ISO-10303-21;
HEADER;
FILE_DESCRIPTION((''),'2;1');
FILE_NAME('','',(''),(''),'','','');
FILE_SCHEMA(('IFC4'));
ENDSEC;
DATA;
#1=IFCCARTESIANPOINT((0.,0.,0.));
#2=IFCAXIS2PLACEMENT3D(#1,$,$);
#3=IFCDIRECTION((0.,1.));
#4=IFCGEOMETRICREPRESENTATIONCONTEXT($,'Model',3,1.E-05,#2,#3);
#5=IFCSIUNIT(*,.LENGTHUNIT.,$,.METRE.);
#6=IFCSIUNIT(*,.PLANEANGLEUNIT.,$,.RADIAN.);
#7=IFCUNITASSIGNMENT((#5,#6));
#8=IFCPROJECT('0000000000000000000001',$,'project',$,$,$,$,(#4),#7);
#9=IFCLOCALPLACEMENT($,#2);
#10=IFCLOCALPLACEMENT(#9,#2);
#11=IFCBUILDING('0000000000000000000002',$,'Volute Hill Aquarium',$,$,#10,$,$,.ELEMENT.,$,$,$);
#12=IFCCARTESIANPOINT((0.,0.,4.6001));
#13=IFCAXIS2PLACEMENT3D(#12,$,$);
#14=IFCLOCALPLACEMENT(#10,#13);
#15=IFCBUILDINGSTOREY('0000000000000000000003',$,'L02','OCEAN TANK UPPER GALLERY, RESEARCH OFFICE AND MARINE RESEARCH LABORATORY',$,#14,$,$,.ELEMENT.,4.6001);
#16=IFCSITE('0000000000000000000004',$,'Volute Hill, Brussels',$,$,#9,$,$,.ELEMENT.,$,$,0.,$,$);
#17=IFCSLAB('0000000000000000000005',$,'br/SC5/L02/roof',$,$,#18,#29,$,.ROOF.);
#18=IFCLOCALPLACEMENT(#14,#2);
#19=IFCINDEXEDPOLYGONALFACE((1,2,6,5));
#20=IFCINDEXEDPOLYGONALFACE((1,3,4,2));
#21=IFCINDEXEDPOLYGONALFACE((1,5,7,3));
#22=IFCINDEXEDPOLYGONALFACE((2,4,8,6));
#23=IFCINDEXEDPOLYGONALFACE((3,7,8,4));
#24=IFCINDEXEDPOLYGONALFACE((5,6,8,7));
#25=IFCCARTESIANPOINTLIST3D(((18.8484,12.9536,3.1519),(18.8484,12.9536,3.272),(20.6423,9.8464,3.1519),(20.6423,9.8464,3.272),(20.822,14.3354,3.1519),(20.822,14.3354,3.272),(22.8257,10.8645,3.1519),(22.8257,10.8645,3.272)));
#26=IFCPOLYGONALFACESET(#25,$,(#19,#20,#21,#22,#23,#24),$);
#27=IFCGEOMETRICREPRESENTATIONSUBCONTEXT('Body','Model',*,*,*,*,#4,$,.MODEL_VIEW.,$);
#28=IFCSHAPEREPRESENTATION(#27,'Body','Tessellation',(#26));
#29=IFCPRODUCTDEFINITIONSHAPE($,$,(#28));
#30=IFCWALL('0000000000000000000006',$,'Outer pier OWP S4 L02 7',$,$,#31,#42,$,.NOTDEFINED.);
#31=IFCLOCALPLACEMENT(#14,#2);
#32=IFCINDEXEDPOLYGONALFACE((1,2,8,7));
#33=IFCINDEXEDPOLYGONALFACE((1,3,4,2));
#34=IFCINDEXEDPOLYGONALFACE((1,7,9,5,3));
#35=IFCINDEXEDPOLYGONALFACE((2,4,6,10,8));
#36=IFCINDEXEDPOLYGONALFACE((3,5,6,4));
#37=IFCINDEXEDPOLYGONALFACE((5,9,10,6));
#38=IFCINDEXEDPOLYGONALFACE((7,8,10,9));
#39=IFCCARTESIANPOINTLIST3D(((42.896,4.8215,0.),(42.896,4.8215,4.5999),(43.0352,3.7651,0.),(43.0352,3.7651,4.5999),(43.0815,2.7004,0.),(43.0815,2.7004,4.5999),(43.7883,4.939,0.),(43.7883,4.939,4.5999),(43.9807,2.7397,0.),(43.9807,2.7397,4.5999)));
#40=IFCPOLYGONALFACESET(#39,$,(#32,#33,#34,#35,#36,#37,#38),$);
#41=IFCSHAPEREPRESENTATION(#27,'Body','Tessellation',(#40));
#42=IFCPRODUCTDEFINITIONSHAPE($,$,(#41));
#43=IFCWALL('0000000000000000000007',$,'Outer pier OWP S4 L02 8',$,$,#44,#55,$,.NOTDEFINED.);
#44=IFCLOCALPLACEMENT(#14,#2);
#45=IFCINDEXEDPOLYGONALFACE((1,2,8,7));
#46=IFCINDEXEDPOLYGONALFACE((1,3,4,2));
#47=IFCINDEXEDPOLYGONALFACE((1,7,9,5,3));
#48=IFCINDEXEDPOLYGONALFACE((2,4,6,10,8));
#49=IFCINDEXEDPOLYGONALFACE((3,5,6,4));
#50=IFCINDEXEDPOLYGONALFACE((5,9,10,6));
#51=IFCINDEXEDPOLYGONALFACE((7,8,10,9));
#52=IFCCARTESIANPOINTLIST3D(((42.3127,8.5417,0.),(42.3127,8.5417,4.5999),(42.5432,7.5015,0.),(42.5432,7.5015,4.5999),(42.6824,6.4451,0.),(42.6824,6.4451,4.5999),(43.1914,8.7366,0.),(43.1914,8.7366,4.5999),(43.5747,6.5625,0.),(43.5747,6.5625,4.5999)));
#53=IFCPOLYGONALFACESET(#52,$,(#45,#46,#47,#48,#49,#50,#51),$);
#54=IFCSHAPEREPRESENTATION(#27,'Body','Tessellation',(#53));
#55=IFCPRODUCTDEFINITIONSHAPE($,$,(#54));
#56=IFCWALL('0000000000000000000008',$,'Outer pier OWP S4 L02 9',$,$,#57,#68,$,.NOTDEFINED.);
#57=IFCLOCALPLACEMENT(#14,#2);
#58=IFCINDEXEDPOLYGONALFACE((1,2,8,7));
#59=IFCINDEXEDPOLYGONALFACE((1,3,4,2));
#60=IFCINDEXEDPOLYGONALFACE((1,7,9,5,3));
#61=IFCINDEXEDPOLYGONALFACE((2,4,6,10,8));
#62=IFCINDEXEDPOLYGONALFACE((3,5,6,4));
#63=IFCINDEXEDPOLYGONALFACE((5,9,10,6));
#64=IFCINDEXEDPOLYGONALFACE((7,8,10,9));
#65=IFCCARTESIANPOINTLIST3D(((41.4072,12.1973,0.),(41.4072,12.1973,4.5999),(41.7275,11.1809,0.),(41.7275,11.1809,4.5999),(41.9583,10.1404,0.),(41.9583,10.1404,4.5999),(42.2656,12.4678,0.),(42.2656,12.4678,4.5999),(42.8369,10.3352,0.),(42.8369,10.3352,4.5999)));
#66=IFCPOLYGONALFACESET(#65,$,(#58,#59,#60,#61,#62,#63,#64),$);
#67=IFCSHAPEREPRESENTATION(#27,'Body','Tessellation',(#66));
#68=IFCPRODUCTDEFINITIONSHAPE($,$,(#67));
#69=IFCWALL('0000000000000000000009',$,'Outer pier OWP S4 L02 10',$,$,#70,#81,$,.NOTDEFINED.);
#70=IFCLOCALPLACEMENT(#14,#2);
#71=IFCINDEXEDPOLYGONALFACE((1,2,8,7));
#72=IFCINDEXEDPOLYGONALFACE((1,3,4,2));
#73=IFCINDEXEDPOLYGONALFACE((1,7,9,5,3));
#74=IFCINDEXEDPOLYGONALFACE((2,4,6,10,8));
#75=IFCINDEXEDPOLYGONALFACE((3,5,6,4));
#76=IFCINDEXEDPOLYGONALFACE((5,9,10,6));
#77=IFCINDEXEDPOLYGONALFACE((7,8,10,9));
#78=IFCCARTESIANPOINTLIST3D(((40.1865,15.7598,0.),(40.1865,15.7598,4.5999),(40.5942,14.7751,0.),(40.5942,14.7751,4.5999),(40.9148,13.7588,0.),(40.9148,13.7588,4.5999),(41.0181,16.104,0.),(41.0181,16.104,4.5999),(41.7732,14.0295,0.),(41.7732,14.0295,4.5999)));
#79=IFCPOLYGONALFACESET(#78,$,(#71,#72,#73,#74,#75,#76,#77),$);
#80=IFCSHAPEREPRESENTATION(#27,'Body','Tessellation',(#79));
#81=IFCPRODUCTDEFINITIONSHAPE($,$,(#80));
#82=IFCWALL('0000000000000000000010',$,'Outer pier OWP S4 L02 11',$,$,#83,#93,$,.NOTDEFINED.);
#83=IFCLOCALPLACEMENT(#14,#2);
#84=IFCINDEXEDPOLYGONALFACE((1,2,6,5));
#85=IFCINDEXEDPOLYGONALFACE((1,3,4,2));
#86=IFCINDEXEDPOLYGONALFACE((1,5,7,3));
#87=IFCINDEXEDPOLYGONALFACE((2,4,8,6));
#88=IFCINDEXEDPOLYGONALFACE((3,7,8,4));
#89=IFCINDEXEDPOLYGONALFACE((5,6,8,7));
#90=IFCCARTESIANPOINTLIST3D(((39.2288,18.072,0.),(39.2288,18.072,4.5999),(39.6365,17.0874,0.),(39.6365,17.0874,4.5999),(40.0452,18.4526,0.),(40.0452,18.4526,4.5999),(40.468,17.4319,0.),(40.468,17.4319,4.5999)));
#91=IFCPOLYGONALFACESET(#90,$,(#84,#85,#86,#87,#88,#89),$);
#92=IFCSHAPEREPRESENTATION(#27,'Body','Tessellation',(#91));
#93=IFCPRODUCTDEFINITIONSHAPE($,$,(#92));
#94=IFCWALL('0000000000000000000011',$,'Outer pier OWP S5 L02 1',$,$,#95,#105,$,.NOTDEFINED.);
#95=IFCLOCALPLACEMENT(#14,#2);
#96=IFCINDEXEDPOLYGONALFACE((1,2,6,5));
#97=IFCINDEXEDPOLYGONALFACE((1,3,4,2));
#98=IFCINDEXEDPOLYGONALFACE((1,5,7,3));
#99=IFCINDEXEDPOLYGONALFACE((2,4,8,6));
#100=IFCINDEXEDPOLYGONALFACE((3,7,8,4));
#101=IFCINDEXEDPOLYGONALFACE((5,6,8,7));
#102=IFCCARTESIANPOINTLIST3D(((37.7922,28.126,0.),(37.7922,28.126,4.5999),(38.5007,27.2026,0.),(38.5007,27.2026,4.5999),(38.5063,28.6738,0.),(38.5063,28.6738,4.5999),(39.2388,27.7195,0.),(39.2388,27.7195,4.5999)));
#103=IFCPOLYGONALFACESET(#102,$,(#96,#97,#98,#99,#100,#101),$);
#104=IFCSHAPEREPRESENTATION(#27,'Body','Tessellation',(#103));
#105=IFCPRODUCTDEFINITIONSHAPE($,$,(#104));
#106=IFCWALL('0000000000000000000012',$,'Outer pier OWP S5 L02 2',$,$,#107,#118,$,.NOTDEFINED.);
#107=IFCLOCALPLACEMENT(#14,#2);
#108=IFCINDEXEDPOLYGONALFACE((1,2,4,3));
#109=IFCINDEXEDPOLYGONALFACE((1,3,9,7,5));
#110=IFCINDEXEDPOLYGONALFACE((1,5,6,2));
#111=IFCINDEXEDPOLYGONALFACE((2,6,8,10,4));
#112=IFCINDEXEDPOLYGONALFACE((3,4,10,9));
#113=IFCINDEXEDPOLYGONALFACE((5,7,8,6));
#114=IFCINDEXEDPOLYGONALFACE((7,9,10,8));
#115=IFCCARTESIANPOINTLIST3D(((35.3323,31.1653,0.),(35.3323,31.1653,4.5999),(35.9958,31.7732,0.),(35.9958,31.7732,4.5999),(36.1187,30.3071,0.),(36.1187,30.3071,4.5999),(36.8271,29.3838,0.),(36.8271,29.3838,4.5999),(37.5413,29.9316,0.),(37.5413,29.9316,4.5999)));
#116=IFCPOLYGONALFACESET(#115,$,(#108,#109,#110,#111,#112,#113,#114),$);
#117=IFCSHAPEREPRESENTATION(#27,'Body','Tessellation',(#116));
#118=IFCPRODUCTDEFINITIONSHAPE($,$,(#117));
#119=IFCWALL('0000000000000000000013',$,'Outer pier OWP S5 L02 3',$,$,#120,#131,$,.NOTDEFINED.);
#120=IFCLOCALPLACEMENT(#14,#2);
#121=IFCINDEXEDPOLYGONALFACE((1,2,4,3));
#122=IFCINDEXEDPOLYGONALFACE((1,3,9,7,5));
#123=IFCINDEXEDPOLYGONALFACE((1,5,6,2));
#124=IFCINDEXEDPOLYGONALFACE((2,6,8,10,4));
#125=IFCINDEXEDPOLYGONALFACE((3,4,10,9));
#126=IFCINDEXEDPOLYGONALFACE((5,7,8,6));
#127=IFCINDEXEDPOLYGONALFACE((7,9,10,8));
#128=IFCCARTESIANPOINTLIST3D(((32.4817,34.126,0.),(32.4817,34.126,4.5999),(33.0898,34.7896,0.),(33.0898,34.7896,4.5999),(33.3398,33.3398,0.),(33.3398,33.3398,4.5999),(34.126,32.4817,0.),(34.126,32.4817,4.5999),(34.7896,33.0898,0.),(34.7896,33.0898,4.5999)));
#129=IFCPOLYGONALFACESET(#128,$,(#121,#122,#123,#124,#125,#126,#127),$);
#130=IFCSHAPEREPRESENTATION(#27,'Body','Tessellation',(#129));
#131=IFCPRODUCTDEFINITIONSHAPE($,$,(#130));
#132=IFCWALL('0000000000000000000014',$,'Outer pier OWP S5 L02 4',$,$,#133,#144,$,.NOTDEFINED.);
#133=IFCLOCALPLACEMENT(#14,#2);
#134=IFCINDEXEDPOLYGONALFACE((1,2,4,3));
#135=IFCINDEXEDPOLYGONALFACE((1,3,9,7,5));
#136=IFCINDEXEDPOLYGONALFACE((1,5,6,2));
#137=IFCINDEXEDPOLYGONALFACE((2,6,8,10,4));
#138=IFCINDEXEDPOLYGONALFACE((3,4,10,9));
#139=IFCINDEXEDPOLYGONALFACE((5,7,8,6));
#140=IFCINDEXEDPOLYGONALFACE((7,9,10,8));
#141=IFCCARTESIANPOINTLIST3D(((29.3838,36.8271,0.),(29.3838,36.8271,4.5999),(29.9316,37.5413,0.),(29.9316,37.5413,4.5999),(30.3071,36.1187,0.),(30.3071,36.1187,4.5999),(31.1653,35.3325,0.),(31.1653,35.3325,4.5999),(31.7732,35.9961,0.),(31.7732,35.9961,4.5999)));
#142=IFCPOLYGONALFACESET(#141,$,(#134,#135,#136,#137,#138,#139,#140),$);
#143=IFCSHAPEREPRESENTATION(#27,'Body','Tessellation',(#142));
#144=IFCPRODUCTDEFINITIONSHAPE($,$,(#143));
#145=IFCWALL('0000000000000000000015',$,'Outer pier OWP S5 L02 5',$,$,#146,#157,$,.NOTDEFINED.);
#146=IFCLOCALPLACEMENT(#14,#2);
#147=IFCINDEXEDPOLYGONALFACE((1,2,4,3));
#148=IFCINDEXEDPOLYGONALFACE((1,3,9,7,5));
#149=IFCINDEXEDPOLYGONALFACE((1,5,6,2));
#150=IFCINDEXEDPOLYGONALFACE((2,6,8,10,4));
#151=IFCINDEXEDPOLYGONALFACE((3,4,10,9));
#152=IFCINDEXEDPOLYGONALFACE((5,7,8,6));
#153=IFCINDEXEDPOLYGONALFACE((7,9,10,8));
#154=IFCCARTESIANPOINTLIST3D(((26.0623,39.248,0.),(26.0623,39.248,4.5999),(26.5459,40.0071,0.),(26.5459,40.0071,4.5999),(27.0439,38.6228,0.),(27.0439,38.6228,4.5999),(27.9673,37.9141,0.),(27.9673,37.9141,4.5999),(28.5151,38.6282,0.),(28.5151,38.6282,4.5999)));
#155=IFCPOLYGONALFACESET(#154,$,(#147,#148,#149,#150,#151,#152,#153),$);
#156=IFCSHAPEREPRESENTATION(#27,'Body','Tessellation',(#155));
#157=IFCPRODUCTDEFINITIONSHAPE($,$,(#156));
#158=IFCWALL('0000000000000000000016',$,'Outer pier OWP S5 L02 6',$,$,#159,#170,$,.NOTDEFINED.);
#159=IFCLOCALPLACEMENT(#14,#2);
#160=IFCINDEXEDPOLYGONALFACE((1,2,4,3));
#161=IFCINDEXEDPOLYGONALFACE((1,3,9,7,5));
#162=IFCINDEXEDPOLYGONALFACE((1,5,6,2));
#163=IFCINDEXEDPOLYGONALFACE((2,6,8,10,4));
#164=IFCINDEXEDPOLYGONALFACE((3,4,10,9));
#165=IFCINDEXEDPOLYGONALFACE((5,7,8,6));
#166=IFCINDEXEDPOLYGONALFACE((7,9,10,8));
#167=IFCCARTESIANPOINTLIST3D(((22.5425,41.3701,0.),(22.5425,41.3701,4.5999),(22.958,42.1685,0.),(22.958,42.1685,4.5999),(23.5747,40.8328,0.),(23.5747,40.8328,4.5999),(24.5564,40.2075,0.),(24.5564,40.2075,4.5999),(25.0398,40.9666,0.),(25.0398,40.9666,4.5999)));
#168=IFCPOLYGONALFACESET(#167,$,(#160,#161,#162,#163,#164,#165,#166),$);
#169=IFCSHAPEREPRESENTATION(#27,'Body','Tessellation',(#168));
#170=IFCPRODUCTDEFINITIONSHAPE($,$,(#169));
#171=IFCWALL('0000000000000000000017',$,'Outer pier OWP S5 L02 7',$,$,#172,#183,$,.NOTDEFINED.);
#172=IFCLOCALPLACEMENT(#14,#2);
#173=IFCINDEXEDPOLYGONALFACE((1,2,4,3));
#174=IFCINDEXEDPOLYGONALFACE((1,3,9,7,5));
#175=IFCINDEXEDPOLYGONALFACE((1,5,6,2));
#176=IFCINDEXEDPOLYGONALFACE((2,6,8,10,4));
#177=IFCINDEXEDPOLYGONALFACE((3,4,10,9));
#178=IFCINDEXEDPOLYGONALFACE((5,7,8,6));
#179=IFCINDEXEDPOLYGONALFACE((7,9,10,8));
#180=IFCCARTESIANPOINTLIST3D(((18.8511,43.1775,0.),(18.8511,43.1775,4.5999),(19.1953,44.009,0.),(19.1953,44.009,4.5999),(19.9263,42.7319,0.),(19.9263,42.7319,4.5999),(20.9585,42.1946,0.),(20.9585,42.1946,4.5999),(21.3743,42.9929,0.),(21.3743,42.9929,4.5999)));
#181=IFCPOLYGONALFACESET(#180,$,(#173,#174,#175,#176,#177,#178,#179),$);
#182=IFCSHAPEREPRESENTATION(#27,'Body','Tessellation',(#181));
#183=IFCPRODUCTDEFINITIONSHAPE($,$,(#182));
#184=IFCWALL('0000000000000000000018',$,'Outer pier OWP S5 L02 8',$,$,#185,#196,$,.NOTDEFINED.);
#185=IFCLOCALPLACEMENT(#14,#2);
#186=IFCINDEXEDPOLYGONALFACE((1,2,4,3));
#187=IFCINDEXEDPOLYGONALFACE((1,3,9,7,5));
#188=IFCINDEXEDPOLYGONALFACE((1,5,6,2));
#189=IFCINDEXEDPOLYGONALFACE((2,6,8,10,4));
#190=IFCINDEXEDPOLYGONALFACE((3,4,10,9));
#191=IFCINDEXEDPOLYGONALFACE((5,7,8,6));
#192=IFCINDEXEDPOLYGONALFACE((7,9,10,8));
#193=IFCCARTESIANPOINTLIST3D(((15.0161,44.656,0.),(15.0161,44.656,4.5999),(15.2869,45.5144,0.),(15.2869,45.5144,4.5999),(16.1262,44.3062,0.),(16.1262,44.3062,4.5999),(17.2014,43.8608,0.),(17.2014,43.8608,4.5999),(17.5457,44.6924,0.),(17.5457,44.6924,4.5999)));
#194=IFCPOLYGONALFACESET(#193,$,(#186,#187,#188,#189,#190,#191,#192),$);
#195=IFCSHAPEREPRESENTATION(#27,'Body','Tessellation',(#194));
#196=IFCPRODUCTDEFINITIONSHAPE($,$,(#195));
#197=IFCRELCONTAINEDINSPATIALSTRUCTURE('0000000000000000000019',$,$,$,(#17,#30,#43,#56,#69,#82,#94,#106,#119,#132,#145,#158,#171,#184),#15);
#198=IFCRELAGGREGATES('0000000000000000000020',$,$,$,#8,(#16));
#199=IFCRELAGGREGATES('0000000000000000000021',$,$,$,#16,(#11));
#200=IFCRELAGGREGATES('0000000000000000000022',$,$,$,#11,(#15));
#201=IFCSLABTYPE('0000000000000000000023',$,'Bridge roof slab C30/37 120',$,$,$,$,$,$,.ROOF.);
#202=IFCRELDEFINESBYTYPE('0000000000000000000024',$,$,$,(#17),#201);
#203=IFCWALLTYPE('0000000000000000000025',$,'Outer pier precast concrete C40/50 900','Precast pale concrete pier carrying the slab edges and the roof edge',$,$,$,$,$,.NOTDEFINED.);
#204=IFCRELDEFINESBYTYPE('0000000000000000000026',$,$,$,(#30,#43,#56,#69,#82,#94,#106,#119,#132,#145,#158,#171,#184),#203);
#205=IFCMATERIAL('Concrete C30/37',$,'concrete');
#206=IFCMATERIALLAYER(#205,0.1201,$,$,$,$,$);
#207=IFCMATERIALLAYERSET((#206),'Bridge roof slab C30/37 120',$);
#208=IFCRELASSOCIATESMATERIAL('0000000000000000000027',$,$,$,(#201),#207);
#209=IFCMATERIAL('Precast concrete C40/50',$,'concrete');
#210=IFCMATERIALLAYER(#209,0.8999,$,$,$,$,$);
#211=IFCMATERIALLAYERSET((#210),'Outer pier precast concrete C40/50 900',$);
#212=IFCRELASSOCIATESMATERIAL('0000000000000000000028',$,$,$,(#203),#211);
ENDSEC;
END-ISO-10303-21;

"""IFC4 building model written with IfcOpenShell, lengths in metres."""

from ifc_helpers import new_model, si_unit, direction, frame, origin, place, context, subcontext, project, spatial, polyline, outline, extrude, material, layer, layer_set, type_object, element, save


model = new_model("IFC4")

# Units and contexts
model_context = context("Model", 3, precision=1e-05, world=origin(), true_north=direction((0.0, 1.0)))
body_context = subcontext(model_context, "Body", "Model", "MODEL_VIEW")
ifc_project = project(units=[si_unit("LENGTHUNIT", "METRE"), si_unit("PLANEANGLEUNIT", "RADIAN")], contexts=[model_context])

# Site, building, storey
site_placement = place(None, origin())
site = spatial("IfcSite", under=ifc_project, at=site_placement, Name="Volute Hill, Brussels", CompositionType="ELEMENT", RefElevation=0.0)
building_placement = place(site_placement, origin())
building = spatial("IfcBuilding", under=site, at=building_placement, Name="Volute Hill Aquarium", CompositionType="ELEMENT")
storey_placement = place(building_placement, frame((0.0, 0.0, 4.6001)))
storey = spatial("IfcBuildingStorey", under=building, at=storey_placement, Name="L02", Description="OCEAN TANK UPPER GALLERY, RESEARCH OFFICE AND MARINE RESEARCH LABORATORY", CompositionType="ELEMENT", Elevation=4.6001)

# Slab
ifc_material_1 = material(Name="Concrete C30/37", Category="concrete")
ifc_layer_1 = layer(ifc_material_1, 0.1201)
ifc_layer_set_1 = layer_set([ifc_layer_1], Name="Bridge roof slab C30/37 120")
slab_type = type_object("IfcSlabType", Name="Bridge roof slab C30/37 120", PredefinedType="ROOF", material=ifc_layer_set_1)
slab_placement = place(storey_placement, frame((0.0, 0.0, 3.1519)))
element("IfcSlab", 1, at=slab_placement, inside=storey, type_object=slab_type, Name="br/SC5/L02/roof", PredefinedType="ROOF", context=body_context, shape_type="SweptSolid", body=[
    extrude(outline(polyline([(20.6423, 9.8464), (22.8257, 10.8645), (20.822, 14.3354), (18.8484, 12.9536), (20.6423, 9.8464)])), origin(), (0.0, 0.0, 1.0), 0.1201),
])

# Walls
ifc_material_2 = material(Name="Precast concrete C40/50", Category="concrete")
ifc_layer_2 = layer(ifc_material_2, 0.8999)
ifc_layer_set_2 = layer_set([ifc_layer_2], Name="Outer pier precast concrete C40/50 900")
wall_type = type_object("IfcWallType", Name="Outer pier precast concrete C40/50 900", Description="Precast pale concrete pier carrying the slab edges and the roof edge", PredefinedType="NOTDEFINED", material=ifc_layer_set_2)
wall_1_placement = place(storey_placement, origin())
element("IfcWall", 2, at=wall_1_placement, inside=storey, type_object=wall_type, Name="Outer pier OWP S4 L02 7", PredefinedType="NOTDEFINED", context=body_context, shape_type="SweptSolid", body=[
    extrude(outline(polyline([(43.0815, 2.7004), (43.9807, 2.7397), (43.7883, 4.939), (42.896, 4.8215), (43.0352, 3.7651), (43.0815, 2.7004)])), origin(), (0.0, 0.0, 1.0), 4.5999),
])
wall_2_placement = place(storey_placement, origin())
element("IfcWall", 3, at=wall_2_placement, inside=storey, type_object=wall_type, Name="Outer pier OWP S4 L02 8", PredefinedType="NOTDEFINED", context=body_context, shape_type="SweptSolid", body=[
    extrude(outline(polyline([(42.6824, 6.4451), (43.5747, 6.5625), (43.1914, 8.7366), (42.3127, 8.5417), (42.5432, 7.5015), (42.6824, 6.4451)])), origin(), (0.0, 0.0, 1.0), 4.5999),
])
wall_3_placement = place(storey_placement, origin())
element("IfcWall", 4, at=wall_3_placement, inside=storey, type_object=wall_type, Name="Outer pier OWP S4 L02 9", PredefinedType="NOTDEFINED", context=body_context, shape_type="SweptSolid", body=[
    extrude(outline(polyline([(41.9583, 10.1404), (42.8369, 10.3352), (42.2656, 12.4678), (41.4072, 12.1973), (41.7275, 11.1809), (41.9583, 10.1404)])), origin(), (0.0, 0.0, 1.0), 4.5999),
])
wall_4_placement = place(storey_placement, origin())
element("IfcWall", 5, at=wall_4_placement, inside=storey, type_object=wall_type, Name="Outer pier OWP S4 L02 10", PredefinedType="NOTDEFINED", context=body_context, shape_type="SweptSolid", body=[
    extrude(outline(polyline([(40.9148, 13.7588), (41.7732, 14.0295), (41.0181, 16.104), (40.1865, 15.7598), (40.5942, 14.7751), (40.9148, 13.7588)])), origin(), (0.0, 0.0, 1.0), 4.5999),
])
wall_5_placement = place(storey_placement, origin())
element("IfcWall", 6, at=wall_5_placement, inside=storey, type_object=wall_type, Name="Outer pier OWP S4 L02 11", PredefinedType="NOTDEFINED", context=body_context, shape_type="SweptSolid", body=[
    extrude(outline(polyline([(39.6365, 17.0874), (40.468, 17.4319), (40.0452, 18.4526), (39.2288, 18.072), (39.6365, 17.0874)])), origin(), (0.0, 0.0, 1.0), 4.5999),
])
wall_6_placement = place(storey_placement, origin())
element("IfcWall", 7, at=wall_6_placement, inside=storey, type_object=wall_type, Name="Outer pier OWP S5 L02 1", PredefinedType="NOTDEFINED", context=body_context, shape_type="SweptSolid", body=[
    extrude(outline(polyline([(38.5007, 27.2026), (39.2388, 27.7195), (38.5063, 28.6738), (37.7922, 28.126), (38.5007, 27.2026)])), origin(), (0.0, 0.0, 1.0), 4.5999),
])
wall_7_placement = place(storey_placement, origin())
element("IfcWall", 8, at=wall_7_placement, inside=storey, type_object=wall_type, Name="Outer pier OWP S5 L02 2", PredefinedType="NOTDEFINED", context=body_context, shape_type="SweptSolid", body=[
    extrude(outline(polyline([(36.8271, 29.3838), (37.5413, 29.9316), (35.9958, 31.7732), (35.3323, 31.1653), (36.1187, 30.3071), (36.8271, 29.3838)])), origin(), (0.0, 0.0, 1.0), 4.5999),
])
wall_8_placement = place(storey_placement, origin())
element("IfcWall", 9, at=wall_8_placement, inside=storey, type_object=wall_type, Name="Outer pier OWP S5 L02 3", PredefinedType="NOTDEFINED", context=body_context, shape_type="SweptSolid", body=[
    extrude(outline(polyline([(34.126, 32.4817), (34.7896, 33.0898), (33.0898, 34.7896), (32.4817, 34.126), (33.3398, 33.3398), (34.126, 32.4817)])), origin(), (0.0, 0.0, 1.0), 4.5999),
])
wall_9_placement = place(storey_placement, origin())
element("IfcWall", 10, at=wall_9_placement, inside=storey, type_object=wall_type, Name="Outer pier OWP S5 L02 4", PredefinedType="NOTDEFINED", context=body_context, shape_type="SweptSolid", body=[
    extrude(outline(polyline([(31.1653, 35.3325), (31.7732, 35.9961), (29.9316, 37.5413), (29.3838, 36.8271), (30.3071, 36.1187), (31.1653, 35.3325)])), origin(), (0.0, 0.0, 1.0), 4.5999),
])
wall_10_placement = place(storey_placement, origin())
element("IfcWall", 11, at=wall_10_placement, inside=storey, type_object=wall_type, Name="Outer pier OWP S5 L02 5", PredefinedType="NOTDEFINED", context=body_context, shape_type="SweptSolid", body=[
    extrude(outline(polyline([(27.9673, 37.9141), (28.5151, 38.6282), (26.5459, 40.0071), (26.0623, 39.248), (27.0439, 38.6228), (27.9673, 37.9141)])), origin(), (0.0, 0.0, 1.0), 4.5999),
])
wall_11_placement = place(storey_placement, origin())
element("IfcWall", 12, at=wall_11_placement, inside=storey, type_object=wall_type, Name="Outer pier OWP S5 L02 6", PredefinedType="NOTDEFINED", context=body_context, shape_type="SweptSolid", body=[
    extrude(outline(polyline([(24.5564, 40.2075), (25.0398, 40.9666), (22.958, 42.1685), (22.5425, 41.3701), (23.5747, 40.8328), (24.5564, 40.2075)])), origin(), (0.0, 0.0, 1.0), 4.5999),
])
wall_12_placement = place(storey_placement, origin())
element("IfcWall", 13, at=wall_12_placement, inside=storey, type_object=wall_type, Name="Outer pier OWP S5 L02 7", PredefinedType="NOTDEFINED", context=body_context, shape_type="SweptSolid", body=[
    extrude(outline(polyline([(20.9585, 42.1946), (21.3743, 42.9929), (19.1953, 44.009), (18.8511, 43.1775), (19.9263, 42.7319), (20.9585, 42.1946)])), origin(), (0.0, 0.0, 1.0), 4.5999),
])
wall_13_placement = place(storey_placement, origin())
element("IfcWall", 14, at=wall_13_placement, inside=storey, type_object=wall_type, Name="Outer pier OWP S5 L02 8", PredefinedType="NOTDEFINED", context=body_context, shape_type="SweptSolid", body=[
    extrude(outline(polyline([(17.2014, 43.8608), (17.5457, 44.6924), (15.2869, 45.5144), (15.0161, 44.656), (16.1262, 44.3062), (17.2014, 43.8608)])), origin(), (0.0, 0.0, 1.0), 4.5999),
])

save(model, "model.ifc")
